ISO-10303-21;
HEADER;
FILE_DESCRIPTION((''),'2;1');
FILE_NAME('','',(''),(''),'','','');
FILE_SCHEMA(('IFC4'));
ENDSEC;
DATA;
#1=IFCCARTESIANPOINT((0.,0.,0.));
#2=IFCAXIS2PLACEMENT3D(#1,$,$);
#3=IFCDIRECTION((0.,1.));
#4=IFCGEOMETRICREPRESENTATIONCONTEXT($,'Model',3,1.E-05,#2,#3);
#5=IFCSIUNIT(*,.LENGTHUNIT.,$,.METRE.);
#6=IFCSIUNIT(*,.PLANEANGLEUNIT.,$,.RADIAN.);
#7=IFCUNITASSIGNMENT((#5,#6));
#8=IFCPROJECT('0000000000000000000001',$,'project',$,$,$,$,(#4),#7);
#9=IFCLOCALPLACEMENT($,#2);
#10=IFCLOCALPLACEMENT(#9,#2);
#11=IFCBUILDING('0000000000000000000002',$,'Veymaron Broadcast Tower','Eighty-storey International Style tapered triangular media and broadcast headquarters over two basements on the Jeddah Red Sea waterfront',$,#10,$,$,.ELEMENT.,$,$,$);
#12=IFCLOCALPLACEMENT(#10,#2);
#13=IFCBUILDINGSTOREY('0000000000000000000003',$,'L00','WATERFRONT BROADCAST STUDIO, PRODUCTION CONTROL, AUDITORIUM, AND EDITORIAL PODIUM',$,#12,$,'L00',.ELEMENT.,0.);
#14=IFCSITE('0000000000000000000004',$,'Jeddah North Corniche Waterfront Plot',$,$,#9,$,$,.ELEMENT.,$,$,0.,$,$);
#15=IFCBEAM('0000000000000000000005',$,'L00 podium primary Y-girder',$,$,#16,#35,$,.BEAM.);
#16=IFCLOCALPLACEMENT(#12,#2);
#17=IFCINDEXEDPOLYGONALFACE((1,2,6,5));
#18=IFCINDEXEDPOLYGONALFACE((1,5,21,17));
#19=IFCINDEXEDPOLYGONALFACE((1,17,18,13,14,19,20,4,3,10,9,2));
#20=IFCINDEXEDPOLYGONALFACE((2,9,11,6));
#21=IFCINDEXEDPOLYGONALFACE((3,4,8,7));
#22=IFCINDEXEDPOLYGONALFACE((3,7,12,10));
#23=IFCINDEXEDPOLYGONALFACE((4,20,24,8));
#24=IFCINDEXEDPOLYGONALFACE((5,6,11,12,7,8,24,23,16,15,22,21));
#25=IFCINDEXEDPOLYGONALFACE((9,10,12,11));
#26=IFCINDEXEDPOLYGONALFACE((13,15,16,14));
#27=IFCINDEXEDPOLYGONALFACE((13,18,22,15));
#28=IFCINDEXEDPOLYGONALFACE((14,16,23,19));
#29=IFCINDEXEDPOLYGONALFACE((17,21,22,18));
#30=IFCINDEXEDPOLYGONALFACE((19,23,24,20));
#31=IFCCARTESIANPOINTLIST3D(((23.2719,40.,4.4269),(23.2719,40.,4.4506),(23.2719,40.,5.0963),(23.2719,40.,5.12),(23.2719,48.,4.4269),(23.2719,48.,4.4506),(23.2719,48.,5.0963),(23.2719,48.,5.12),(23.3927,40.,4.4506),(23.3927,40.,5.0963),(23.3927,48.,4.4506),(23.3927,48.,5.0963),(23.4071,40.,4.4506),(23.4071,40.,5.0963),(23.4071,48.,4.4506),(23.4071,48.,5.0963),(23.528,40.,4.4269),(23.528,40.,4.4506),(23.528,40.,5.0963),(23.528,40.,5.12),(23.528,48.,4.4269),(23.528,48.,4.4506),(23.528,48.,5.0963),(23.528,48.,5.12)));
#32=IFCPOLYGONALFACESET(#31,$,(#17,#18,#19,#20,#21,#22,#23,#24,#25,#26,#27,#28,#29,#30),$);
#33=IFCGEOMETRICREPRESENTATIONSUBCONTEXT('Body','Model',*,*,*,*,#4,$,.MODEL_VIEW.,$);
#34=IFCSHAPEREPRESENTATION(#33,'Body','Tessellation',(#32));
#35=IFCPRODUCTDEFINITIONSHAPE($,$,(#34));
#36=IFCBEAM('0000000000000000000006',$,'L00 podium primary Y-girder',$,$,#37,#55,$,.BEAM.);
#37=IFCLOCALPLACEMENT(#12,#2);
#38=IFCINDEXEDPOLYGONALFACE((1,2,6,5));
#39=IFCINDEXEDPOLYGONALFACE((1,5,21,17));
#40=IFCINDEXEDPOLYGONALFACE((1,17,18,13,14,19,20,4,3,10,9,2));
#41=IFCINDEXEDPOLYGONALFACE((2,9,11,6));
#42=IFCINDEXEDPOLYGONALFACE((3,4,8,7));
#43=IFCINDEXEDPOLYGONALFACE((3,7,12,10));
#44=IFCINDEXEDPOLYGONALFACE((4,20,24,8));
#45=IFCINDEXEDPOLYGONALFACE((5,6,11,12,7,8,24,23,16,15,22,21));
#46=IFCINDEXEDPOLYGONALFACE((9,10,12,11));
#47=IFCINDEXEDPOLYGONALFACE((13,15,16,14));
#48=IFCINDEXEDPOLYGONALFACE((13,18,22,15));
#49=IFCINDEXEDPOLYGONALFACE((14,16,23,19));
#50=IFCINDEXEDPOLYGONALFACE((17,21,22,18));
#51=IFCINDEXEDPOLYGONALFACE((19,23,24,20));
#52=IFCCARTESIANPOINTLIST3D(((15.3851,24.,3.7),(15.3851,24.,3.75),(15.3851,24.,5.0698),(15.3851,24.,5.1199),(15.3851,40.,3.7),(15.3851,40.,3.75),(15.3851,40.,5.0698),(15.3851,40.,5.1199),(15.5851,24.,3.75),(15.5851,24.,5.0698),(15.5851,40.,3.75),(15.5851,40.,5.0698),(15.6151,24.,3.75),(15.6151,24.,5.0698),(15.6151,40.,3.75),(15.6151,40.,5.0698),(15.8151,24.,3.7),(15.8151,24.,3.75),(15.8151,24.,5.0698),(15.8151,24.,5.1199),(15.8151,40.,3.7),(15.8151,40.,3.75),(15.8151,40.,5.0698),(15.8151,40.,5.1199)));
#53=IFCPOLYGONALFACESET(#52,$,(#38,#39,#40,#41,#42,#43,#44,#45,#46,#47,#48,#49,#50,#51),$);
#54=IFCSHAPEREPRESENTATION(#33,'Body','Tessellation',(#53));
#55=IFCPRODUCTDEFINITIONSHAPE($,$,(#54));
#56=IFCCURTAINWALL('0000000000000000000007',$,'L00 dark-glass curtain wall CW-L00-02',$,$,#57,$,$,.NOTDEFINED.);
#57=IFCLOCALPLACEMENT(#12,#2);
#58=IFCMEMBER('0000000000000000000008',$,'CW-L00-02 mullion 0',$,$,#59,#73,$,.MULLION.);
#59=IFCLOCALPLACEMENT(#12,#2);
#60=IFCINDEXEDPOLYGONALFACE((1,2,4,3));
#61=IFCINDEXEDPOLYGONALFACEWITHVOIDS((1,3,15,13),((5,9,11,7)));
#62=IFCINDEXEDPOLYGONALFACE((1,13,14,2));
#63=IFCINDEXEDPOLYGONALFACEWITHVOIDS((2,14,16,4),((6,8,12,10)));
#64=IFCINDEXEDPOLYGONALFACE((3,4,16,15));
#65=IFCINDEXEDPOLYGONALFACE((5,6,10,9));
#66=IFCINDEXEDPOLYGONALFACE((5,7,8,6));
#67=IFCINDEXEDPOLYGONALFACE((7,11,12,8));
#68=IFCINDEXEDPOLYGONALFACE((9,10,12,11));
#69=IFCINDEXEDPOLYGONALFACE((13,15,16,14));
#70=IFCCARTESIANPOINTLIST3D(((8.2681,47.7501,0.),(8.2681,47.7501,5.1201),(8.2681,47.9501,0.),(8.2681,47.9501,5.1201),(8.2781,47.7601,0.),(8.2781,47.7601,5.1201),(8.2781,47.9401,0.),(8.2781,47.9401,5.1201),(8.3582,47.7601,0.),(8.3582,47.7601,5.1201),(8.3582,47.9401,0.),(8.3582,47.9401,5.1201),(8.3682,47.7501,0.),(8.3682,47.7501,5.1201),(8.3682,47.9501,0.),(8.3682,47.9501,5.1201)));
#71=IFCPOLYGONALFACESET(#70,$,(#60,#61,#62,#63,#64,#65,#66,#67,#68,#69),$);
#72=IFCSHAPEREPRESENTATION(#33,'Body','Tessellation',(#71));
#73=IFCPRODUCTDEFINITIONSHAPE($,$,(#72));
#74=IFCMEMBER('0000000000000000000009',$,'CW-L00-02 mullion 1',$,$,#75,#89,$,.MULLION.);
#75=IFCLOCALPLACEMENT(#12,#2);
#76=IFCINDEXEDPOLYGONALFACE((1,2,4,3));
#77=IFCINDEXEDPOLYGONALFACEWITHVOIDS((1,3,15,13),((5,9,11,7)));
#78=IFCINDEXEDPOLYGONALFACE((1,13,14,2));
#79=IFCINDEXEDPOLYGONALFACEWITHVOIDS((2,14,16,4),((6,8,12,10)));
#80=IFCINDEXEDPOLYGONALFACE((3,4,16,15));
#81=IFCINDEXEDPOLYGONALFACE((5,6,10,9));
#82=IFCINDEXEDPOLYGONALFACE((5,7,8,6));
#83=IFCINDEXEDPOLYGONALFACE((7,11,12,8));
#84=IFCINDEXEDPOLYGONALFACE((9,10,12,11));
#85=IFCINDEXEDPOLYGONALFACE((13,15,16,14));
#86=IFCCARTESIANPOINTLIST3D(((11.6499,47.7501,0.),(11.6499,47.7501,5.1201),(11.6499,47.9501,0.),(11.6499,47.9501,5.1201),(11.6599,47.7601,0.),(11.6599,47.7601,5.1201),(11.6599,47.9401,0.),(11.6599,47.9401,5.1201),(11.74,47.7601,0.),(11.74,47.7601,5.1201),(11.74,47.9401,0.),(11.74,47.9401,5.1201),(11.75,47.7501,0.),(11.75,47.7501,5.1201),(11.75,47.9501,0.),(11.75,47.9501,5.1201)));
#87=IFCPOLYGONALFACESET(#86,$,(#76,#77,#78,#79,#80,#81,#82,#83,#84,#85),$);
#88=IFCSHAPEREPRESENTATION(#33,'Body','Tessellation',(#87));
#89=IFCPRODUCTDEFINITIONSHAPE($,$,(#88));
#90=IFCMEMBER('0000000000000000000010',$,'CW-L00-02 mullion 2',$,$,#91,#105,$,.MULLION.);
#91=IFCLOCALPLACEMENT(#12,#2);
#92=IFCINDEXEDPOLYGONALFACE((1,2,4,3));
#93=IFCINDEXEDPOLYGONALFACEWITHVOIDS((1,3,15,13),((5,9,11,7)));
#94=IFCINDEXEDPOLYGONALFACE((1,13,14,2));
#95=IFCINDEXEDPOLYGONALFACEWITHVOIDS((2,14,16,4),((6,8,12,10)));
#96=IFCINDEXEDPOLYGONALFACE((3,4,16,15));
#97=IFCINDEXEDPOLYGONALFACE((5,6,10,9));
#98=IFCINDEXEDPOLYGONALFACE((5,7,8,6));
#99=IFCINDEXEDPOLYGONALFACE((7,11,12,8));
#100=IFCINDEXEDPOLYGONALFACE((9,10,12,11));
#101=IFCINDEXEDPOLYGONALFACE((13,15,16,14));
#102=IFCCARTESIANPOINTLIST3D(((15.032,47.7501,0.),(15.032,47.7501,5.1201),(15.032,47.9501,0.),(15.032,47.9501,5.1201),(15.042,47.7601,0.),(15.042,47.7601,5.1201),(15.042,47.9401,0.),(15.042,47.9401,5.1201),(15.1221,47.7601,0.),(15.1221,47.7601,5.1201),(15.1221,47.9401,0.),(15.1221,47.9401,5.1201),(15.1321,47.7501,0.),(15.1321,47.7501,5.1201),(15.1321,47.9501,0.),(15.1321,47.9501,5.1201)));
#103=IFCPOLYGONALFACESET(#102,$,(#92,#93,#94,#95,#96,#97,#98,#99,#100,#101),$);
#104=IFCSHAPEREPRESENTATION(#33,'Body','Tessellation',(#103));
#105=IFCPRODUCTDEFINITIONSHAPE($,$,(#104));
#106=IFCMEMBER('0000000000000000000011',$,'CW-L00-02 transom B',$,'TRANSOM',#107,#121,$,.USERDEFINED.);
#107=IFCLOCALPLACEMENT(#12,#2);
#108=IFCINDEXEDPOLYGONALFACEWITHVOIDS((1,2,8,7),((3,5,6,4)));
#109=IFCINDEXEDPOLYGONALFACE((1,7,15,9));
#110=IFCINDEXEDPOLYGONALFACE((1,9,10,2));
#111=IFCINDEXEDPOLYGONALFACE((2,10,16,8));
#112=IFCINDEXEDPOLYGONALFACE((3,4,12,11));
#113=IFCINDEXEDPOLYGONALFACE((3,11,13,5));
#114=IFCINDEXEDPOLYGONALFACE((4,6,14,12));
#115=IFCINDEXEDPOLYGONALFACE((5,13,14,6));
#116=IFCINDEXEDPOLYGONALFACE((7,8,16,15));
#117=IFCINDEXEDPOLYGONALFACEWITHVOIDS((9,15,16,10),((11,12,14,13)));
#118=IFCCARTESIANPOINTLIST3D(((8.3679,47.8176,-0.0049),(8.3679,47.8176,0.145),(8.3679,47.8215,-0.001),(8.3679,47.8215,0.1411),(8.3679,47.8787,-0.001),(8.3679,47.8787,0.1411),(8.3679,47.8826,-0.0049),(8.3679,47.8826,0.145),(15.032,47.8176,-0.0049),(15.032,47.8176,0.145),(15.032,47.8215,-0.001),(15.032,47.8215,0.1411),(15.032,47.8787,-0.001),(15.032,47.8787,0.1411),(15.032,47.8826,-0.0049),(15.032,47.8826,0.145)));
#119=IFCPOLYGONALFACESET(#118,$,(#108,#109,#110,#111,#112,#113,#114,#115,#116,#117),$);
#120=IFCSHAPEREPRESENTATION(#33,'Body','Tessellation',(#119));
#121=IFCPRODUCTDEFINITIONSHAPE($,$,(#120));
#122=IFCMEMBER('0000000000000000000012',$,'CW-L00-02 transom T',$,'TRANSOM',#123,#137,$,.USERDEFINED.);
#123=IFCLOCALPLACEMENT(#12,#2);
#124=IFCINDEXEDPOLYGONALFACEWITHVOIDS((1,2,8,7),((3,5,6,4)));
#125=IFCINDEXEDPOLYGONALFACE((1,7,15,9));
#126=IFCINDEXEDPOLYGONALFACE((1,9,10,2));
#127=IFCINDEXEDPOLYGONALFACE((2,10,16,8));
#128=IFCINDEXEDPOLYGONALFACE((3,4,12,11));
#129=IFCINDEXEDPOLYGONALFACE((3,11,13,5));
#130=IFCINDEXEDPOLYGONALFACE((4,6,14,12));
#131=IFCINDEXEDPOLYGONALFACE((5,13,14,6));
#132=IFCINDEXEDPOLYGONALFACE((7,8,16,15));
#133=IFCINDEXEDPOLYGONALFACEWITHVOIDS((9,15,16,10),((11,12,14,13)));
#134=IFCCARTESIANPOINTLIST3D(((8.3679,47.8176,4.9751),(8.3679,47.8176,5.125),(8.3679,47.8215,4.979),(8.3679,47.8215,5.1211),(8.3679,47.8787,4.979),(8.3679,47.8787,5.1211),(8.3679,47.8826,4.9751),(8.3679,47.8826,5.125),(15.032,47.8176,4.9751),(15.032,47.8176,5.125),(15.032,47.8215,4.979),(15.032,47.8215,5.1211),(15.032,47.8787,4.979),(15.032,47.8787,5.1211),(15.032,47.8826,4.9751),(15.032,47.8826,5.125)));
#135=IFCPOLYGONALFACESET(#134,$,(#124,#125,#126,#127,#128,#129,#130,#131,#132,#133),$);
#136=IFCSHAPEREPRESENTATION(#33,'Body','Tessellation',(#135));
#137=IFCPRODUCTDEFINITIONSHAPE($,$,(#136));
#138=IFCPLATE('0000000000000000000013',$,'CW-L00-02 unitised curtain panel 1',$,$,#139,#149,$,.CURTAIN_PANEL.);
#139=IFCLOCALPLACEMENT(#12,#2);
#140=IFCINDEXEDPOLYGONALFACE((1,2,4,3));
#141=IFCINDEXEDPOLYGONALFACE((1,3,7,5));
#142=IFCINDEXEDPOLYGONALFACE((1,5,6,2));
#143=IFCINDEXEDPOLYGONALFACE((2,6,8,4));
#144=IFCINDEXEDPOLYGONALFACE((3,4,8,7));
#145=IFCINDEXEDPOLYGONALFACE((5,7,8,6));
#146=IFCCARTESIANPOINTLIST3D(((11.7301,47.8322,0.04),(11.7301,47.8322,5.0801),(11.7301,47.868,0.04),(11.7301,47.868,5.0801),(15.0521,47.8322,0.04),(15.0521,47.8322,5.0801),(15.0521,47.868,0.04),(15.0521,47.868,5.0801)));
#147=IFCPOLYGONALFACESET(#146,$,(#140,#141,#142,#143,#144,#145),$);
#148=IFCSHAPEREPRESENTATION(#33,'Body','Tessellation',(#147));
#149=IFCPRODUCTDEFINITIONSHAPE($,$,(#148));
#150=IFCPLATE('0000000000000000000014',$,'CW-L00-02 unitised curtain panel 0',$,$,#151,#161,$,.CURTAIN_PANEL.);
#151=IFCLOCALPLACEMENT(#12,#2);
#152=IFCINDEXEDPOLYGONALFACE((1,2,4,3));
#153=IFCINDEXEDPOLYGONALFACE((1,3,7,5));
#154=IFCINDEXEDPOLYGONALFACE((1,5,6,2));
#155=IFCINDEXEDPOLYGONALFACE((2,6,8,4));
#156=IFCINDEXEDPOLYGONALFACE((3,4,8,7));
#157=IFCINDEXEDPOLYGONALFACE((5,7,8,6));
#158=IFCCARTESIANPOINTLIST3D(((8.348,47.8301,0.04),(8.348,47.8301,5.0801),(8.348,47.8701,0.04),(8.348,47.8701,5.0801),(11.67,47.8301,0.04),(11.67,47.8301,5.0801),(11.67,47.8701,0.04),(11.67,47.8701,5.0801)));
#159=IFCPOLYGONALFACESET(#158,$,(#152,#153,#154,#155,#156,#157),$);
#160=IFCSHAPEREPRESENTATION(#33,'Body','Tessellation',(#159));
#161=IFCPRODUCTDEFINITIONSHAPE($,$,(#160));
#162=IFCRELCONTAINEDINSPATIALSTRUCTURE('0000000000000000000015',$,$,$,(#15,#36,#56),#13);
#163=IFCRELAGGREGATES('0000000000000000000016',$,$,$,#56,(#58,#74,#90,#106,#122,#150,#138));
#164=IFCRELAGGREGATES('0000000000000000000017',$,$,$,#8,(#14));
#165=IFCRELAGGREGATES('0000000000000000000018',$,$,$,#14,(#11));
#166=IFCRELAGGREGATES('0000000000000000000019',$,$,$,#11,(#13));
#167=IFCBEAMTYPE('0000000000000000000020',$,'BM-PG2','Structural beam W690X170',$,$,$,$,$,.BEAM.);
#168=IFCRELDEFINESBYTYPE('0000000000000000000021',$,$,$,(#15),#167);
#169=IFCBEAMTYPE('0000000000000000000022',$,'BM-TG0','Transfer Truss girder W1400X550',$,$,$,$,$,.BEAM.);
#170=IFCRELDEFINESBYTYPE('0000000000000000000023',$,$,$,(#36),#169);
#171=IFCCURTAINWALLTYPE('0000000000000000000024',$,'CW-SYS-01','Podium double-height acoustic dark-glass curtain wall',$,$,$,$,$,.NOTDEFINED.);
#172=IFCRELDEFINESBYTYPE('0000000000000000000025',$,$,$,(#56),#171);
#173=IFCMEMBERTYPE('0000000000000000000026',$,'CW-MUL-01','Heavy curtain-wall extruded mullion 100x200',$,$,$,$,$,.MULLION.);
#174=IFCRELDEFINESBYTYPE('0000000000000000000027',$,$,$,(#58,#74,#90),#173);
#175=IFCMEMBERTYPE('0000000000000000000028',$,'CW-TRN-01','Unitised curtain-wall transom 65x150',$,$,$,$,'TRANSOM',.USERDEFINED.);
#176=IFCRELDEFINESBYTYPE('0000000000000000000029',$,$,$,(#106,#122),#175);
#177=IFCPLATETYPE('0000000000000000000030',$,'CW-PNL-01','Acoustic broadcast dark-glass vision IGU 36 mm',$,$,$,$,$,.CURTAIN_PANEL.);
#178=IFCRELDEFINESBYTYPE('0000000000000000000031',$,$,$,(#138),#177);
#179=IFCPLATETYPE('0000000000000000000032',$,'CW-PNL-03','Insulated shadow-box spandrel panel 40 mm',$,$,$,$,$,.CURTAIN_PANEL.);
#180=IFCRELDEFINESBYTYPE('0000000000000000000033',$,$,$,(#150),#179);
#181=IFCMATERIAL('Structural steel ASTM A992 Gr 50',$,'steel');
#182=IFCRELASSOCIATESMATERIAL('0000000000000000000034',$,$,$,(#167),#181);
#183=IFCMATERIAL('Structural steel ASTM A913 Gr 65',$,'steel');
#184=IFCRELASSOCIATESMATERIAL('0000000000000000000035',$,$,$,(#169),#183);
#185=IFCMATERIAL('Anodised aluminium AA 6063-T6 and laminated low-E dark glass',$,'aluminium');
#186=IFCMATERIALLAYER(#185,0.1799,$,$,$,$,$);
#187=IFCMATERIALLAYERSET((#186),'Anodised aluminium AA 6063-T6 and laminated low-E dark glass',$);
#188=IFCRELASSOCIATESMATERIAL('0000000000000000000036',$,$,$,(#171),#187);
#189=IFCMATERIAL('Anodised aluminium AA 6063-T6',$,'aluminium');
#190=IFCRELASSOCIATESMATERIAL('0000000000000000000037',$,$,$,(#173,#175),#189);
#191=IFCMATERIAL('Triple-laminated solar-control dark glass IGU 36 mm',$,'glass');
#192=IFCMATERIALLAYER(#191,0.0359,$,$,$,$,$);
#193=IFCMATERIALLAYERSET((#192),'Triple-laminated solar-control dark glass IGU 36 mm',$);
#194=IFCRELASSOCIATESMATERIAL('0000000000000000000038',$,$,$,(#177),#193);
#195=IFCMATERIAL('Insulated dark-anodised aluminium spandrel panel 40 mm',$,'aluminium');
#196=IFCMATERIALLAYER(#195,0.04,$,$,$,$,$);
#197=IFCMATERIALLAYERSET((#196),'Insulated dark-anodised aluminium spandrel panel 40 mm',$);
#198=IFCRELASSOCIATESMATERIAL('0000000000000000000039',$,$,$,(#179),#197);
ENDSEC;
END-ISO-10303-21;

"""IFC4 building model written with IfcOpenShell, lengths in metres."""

from ifc_helpers import new_model, si_unit, direction, frame, origin, origin_2d, place, context, subcontext, project, spatial, rectangle, hollow_rectangle, i_section, extrude, material, layer, layer_set, material_profile, profile_set, type_object, element, aggregate, save


model = new_model("IFC4")

# Units and contexts
model_context = context("Model", 3, precision=1e-05, world=origin(), true_north=direction((0.0, 1.0)))
body_context = subcontext(model_context, "Body", "Model", "MODEL_VIEW")
ifc_project = project(units=[si_unit("LENGTHUNIT", "METRE"), si_unit("PLANEANGLEUNIT", "RADIAN")], contexts=[model_context])

# Site, building, storey
site_placement = place(None, origin())
site = spatial("IfcSite", under=ifc_project, at=site_placement, Name="Jeddah North Corniche Waterfront Plot", CompositionType="ELEMENT", RefElevation=0.0)
building_placement = place(site_placement, origin())
building = spatial("IfcBuilding", under=site, at=building_placement, Name="Veymaron Broadcast Tower", Description="Eighty-storey International Style tapered triangular media and broadcast headquarters over two basements on the Jeddah Red Sea waterfront", CompositionType="ELEMENT")
storey_placement = place(building_placement, origin())
storey = spatial("IfcBuildingStorey", under=building, at=storey_placement, Name="L00", Description="WATERFRONT BROADCAST STUDIO, PRODUCTION CONTROL, AUDITORIUM, AND EDITORIAL PODIUM", LongName="L00", CompositionType="ELEMENT", Elevation=0.0)

# Shared definitions
ifc_material_1 = material(Name="Structural steel ASTM A913 Gr 65", Category="steel")

# Beams
ifc_material_2 = material(Name="Structural steel ASTM A992 Gr 50", Category="steel")
ifc_material_profile_1 = material_profile(ifc_material_2, i_section(OverallWidth=0.2561, OverallDepth=0.6931, WebThickness=0.0144, FlangeThickness=0.0237, at=origin_2d()), Name="W690X170")
ifc_profile_set_1 = profile_set([ifc_material_profile_1], Name="Structural steel ASTM A992 Gr 50")
beam_type_1 = type_object("IfcBeamType", Name="BM-PG2", Description="Structural beam W690X170", PredefinedType="BEAM", material=ifc_profile_set_1)
for number, where, z_axis, x_axis, name in (
    (1, (23.3999, 40.0, 4.7734), (0.0, 1.0, 0.0), (-1.0, 0.0, 0.0), "L00 podium primary Y-girder"),
):
    element("IfcBeam", number, at=place(storey_placement, frame(where, z_axis=z_axis, x_axis=x_axis)), inside=storey, type_object=beam_type_1, Name=name, PredefinedType="BEAM", context=body_context, shape_type="SweptSolid", body=[
        extrude(i_section(OverallWidth=0.2561, OverallDepth=0.6931, WebThickness=0.0144, FlangeThickness=0.0237, at=origin_2d()), origin(), (0.0, 0.0, 1.0), 8.0),
    ])
ifc_material_profile_2 = material_profile(ifc_material_1, i_section(OverallWidth=0.4299, OverallDepth=1.4199, WebThickness=0.03, FlangeThickness=0.05, at=origin_2d()), Name="W1400X550")
ifc_profile_set_2 = profile_set([ifc_material_profile_2], Name="Structural steel ASTM A913 Gr 65")
beam_type_2 = type_object("IfcBeamType", Name="BM-TG0", Description="Transfer Truss girder W1400X550", PredefinedType="BEAM", material=ifc_profile_set_2)
beam_1_placement = place(storey_placement, frame((15.6001, 24.0, 4.4099), z_axis=(0.0, 1.0, 0.0), x_axis=(-1.0, 0.0, 0.0)))
element("IfcBeam", 2, at=beam_1_placement, inside=storey, type_object=beam_type_2, Name="L00 podium primary Y-girder", PredefinedType="BEAM", context=body_context, shape_type="SweptSolid", body=[
    extrude(i_section(OverallWidth=0.4299, OverallDepth=1.4199, WebThickness=0.03, FlangeThickness=0.05, at=origin_2d()), origin(), (0.0, 0.0, 1.0), 16.0),
])

# Curtain wall, members, plates
ifc_material_3 = material(Name="Anodised aluminium AA 6063-T6 and laminated low-E dark glass", Category="aluminium")
ifc_layer_1 = layer(ifc_material_3, 0.1799)
ifc_layer_set_1 = layer_set([ifc_layer_1], Name="Anodised aluminium AA 6063-T6 and laminated low-E dark glass")
curtain_wall_type = type_object("IfcCurtainWallType", Name="CW-SYS-01", Description="Podium double-height acoustic dark-glass curtain wall", PredefinedType="NOTDEFINED", material=ifc_layer_set_1)
curtain_wall_placement = place(storey_placement, origin())
curtain_wall = element("IfcCurtainWall", 3, at=curtain_wall_placement, inside=storey, type_object=curtain_wall_type, Name="L00 dark-glass curtain wall CW-L00-02", PredefinedType="NOTDEFINED")
ifc_material_4 = material(Name="Anodised aluminium AA 6063-T6", Category="aluminium")
ifc_material_profile_3 = material_profile(ifc_material_4, hollow_rectangle(XDim=0.1001, YDim=0.2, WallThickness=0.01, at=origin_2d()), Name="RHS200X100X10")
ifc_profile_set_3 = profile_set([ifc_material_profile_3], Name="Anodised aluminium AA 6063-T6")
member_type_1 = type_object("IfcMemberType", Name="CW-MUL-01", Description="Heavy curtain-wall extruded mullion 100x200", PredefinedType="MULLION", material=ifc_profile_set_3)
member_1_placement = place(storey_placement, frame((8.3181, 47.8501, 0.0), z_axis=(0.0, 0.0, 1.0), x_axis=(1.0, 0.0, 0.0)))
member_1 = element("IfcMember", 4, at=member_1_placement, type_object=member_type_1, Name="CW-L00-02 mullion 0", PredefinedType="MULLION", context=body_context, shape_type="SweptSolid", body=[
    extrude(hollow_rectangle(XDim=0.1001, YDim=0.2, WallThickness=0.01, at=origin_2d()), origin(), (0.0, 0.0, 1.0), 5.1201),
])
member_2_placement = place(storey_placement, frame((11.7, 47.8501, 0.0), z_axis=(0.0, 0.0, 1.0), x_axis=(1.0, 0.0, 0.0)))
member_2 = element("IfcMember", 5, at=member_2_placement, type_object=member_type_1, Name="CW-L00-02 mullion 1", PredefinedType="MULLION", context=body_context, shape_type="SweptSolid", body=[
    extrude(hollow_rectangle(XDim=0.1001, YDim=0.2, WallThickness=0.01, at=origin_2d()), origin(), (0.0, 0.0, 1.0), 5.1201),
])
member_3_placement = place(storey_placement, frame((15.082, 47.8501, 0.0), z_axis=(0.0, 0.0, 1.0), x_axis=(1.0, 0.0, 0.0)))
member_3 = element("IfcMember", 6, at=member_3_placement, type_object=member_type_1, Name="CW-L00-02 mullion 2", PredefinedType="MULLION", context=body_context, shape_type="SweptSolid", body=[
    extrude(hollow_rectangle(XDim=0.1001, YDim=0.2, WallThickness=0.01, at=origin_2d()), origin(), (0.0, 0.0, 1.0), 5.1201),
])
ifc_material_profile_4 = material_profile(ifc_material_4, hollow_rectangle(XDim=0.0649, YDim=0.1499, WallThickness=0.0039, at=origin_2d()), Name="AL150X65X4")
ifc_profile_set_4 = profile_set([ifc_material_profile_4], Name="Anodised aluminium AA 6063-T6")
member_type_2 = type_object("IfcMemberType", Name="CW-TRN-01", Description="Unitised curtain-wall transom 65x150", ElementType="TRANSOM", PredefinedType="USERDEFINED", material=ifc_profile_set_4)
member_4_placement = place(storey_placement, frame((8.3679, 47.8501, 0.0701), z_axis=(1.0, 0.0, 0.0), x_axis=(0.0, 1.0, 0.0)))
member_4 = element("IfcMember", 7, at=member_4_placement, type_object=member_type_2, Name="CW-L00-02 transom B", ObjectType="TRANSOM", PredefinedType="USERDEFINED", context=body_context, shape_type="SweptSolid", body=[
    extrude(hollow_rectangle(XDim=0.0649, YDim=0.1499, WallThickness=0.0039, at=origin_2d()), origin(), (0.0, 0.0, 1.0), 6.6641),
])
member_5_placement = place(storey_placement, frame((8.3679, 47.8501, 5.05), z_axis=(1.0, 0.0, 0.0), x_axis=(0.0, 1.0, 0.0)))
member_5 = element("IfcMember", 8, at=member_5_placement, type_object=member_type_2, Name="CW-L00-02 transom T", ObjectType="TRANSOM", PredefinedType="USERDEFINED", context=body_context, shape_type="SweptSolid", body=[
    extrude(hollow_rectangle(XDim=0.0649, YDim=0.1499, WallThickness=0.0039, at=origin_2d()), origin(), (0.0, 0.0, 1.0), 6.6641),
])
ifc_material_5 = material(Name="Triple-laminated solar-control dark glass IGU 36 mm", Category="glass")
ifc_layer_2 = layer(ifc_material_5, 0.0359)
ifc_layer_set_2 = layer_set([ifc_layer_2], Name="Triple-laminated solar-control dark glass IGU 36 mm")
plate_type_1 = type_object("IfcPlateType", Name="CW-PNL-01", Description="Acoustic broadcast dark-glass vision IGU 36 mm", PredefinedType="CURTAIN_PANEL", material=ifc_layer_set_2)
plate_1_placement = place(storey_placement, frame((13.3911, 47.8501, 0.04), z_axis=(0.0, 0.0, 1.0), x_axis=(1.0, 0.0, 0.0)))
plate_1 = element("IfcPlate", 9, at=plate_1_placement, type_object=plate_type_1, Name="CW-L00-02 unitised curtain panel 1", PredefinedType="CURTAIN_PANEL", context=body_context, shape_type="SweptSolid", body=[
    extrude(rectangle(XDim=3.322, YDim=0.0359, at=origin_2d()), origin(), (0.0, 0.0, 1.0), 5.04),
])
ifc_material_6 = material(Name="Insulated dark-anodised aluminium spandrel panel 40 mm", Category="aluminium")
ifc_layer_3 = layer(ifc_material_6, 0.04)
ifc_layer_set_3 = layer_set([ifc_layer_3], Name="Insulated dark-anodised aluminium spandrel panel 40 mm")
plate_type_2 = type_object("IfcPlateType", Name="CW-PNL-03", Description="Insulated shadow-box spandrel panel 40 mm", PredefinedType="CURTAIN_PANEL", material=ifc_layer_set_3)
plate_2_placement = place(storey_placement, frame((10.009, 47.8501, 0.04), z_axis=(0.0, 0.0, 1.0), x_axis=(1.0, 0.0, 0.0)))
plate_2 = element("IfcPlate", 10, at=plate_2_placement, type_object=plate_type_2, Name="CW-L00-02 unitised curtain panel 0", PredefinedType="CURTAIN_PANEL", context=body_context, shape_type="SweptSolid", body=[
    extrude(rectangle(XDim=3.322, YDim=0.04, at=origin_2d()), origin(), (0.0, 0.0, 1.0), 5.04),
])
aggregate(curtain_wall, [member_1, member_2, member_3, member_4, member_5, plate_2, plate_1])

save(model, "model.ifc")
